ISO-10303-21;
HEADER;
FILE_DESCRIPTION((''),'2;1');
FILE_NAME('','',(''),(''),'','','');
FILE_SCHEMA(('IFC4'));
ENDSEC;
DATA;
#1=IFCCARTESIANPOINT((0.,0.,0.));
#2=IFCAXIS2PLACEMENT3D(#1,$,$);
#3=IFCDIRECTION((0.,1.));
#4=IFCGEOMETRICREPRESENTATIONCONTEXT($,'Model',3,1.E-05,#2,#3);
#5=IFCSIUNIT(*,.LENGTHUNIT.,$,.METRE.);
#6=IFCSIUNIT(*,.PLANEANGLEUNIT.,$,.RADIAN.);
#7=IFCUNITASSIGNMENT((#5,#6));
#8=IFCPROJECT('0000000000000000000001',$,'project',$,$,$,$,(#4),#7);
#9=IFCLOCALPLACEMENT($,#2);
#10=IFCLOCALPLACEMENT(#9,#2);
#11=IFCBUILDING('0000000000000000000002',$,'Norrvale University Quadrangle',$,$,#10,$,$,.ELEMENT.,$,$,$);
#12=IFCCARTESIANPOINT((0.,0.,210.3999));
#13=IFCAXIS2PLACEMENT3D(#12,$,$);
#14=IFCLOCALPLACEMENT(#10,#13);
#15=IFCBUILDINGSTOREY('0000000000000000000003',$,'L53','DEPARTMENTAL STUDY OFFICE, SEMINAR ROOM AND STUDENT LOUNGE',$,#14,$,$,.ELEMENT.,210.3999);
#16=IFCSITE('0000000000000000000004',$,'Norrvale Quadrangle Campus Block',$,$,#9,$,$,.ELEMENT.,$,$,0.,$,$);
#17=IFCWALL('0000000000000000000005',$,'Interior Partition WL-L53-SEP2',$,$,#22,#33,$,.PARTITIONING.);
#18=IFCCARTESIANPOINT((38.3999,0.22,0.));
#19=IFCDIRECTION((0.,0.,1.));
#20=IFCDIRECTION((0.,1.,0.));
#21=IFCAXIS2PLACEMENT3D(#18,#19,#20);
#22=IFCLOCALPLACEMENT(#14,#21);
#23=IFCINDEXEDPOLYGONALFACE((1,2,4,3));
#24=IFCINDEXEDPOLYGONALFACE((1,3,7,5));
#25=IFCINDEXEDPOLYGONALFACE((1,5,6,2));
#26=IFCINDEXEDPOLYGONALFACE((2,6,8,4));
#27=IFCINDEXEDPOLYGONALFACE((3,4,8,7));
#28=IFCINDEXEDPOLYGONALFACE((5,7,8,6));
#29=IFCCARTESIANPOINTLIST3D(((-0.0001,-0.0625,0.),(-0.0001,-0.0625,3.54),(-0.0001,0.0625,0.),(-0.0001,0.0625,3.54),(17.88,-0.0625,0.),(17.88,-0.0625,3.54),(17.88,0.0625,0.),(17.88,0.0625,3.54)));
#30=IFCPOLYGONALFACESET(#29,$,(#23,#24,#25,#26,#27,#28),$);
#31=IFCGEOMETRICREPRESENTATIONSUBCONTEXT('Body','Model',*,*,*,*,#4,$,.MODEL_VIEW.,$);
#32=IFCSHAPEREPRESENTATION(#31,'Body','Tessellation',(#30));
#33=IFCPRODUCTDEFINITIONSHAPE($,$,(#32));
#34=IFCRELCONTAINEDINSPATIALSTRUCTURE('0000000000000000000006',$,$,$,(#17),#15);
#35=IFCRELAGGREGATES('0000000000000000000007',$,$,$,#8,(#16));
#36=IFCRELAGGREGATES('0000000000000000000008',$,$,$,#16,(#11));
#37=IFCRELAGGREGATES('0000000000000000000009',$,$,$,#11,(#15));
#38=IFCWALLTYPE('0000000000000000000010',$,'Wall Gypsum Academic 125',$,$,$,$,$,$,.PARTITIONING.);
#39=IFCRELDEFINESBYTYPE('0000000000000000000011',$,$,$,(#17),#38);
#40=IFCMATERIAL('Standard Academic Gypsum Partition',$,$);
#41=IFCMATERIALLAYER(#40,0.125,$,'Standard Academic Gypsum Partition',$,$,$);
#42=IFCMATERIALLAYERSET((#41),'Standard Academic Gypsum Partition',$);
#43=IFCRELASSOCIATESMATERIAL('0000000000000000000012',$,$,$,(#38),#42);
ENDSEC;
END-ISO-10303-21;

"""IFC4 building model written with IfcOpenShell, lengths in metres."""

from ifc_helpers import new_model, si_unit, direction, frame, frame_2d, origin, place, context, subcontext, project, spatial, rectangle, extrude, material, layer, layer_set, type_object, element, save


model = new_model("IFC4")

# Units and contexts
model_context = context("Model", 3, precision=1e-05, world=origin(), true_north=direction((0.0, 1.0)))
body_context = subcontext(model_context, "Body", "Model", "MODEL_VIEW")
ifc_project = project(units=[si_unit("LENGTHUNIT", "METRE"), si_unit("PLANEANGLEUNIT", "RADIAN")], contexts=[model_context])

# Site, building, storey
site_placement = place(None, origin())
site = spatial("IfcSite", under=ifc_project, at=site_placement, Name="Norrvale Quadrangle Campus Block", CompositionType="ELEMENT", RefElevation=0.0)
building_placement = place(site_placement, origin())
building = spatial("IfcBuilding", under=site, at=building_placement, Name="Norrvale University Quadrangle", CompositionType="ELEMENT")
storey_placement = place(building_placement, frame((0.0, 0.0, 210.3999)))
storey = spatial("IfcBuildingStorey", under=building, at=storey_placement, Name="L53", Description="DEPARTMENTAL STUDY OFFICE, SEMINAR ROOM AND STUDENT LOUNGE", CompositionType="ELEMENT", Elevation=210.3999)

# Wall
ifc_material_1 = material(Name="Standard Academic Gypsum Partition")
ifc_layer_1 = layer(ifc_material_1, 0.125, Name="Standard Academic Gypsum Partition")
ifc_layer_set_1 = layer_set([ifc_layer_1], Name="Standard Academic Gypsum Partition")
wall_type_1 = type_object("IfcWallType", Name="Wall Gypsum Academic 125", PredefinedType="PARTITIONING", material=ifc_layer_set_1)
wall_1_placement = place(storey_placement, frame((38.3999, 0.22, 0.0), z_axis=(0.0, 0.0, 1.0), x_axis=(0.0, 1.0, 0.0)))
element("IfcWall", 1, at=wall_1_placement, inside=storey, type_object=wall_type_1, Name="Interior Partition WL-L53-SEP2", PredefinedType="PARTITIONING", context=body_context, shape_type="SweptSolid", body=[
    extrude(rectangle(XDim=17.8801, YDim=0.125, at=frame_2d((8.9399, 0.0))), origin(), (0.0, 0.0, 1.0), 3.54),
])

save(model, "model.ifc")
